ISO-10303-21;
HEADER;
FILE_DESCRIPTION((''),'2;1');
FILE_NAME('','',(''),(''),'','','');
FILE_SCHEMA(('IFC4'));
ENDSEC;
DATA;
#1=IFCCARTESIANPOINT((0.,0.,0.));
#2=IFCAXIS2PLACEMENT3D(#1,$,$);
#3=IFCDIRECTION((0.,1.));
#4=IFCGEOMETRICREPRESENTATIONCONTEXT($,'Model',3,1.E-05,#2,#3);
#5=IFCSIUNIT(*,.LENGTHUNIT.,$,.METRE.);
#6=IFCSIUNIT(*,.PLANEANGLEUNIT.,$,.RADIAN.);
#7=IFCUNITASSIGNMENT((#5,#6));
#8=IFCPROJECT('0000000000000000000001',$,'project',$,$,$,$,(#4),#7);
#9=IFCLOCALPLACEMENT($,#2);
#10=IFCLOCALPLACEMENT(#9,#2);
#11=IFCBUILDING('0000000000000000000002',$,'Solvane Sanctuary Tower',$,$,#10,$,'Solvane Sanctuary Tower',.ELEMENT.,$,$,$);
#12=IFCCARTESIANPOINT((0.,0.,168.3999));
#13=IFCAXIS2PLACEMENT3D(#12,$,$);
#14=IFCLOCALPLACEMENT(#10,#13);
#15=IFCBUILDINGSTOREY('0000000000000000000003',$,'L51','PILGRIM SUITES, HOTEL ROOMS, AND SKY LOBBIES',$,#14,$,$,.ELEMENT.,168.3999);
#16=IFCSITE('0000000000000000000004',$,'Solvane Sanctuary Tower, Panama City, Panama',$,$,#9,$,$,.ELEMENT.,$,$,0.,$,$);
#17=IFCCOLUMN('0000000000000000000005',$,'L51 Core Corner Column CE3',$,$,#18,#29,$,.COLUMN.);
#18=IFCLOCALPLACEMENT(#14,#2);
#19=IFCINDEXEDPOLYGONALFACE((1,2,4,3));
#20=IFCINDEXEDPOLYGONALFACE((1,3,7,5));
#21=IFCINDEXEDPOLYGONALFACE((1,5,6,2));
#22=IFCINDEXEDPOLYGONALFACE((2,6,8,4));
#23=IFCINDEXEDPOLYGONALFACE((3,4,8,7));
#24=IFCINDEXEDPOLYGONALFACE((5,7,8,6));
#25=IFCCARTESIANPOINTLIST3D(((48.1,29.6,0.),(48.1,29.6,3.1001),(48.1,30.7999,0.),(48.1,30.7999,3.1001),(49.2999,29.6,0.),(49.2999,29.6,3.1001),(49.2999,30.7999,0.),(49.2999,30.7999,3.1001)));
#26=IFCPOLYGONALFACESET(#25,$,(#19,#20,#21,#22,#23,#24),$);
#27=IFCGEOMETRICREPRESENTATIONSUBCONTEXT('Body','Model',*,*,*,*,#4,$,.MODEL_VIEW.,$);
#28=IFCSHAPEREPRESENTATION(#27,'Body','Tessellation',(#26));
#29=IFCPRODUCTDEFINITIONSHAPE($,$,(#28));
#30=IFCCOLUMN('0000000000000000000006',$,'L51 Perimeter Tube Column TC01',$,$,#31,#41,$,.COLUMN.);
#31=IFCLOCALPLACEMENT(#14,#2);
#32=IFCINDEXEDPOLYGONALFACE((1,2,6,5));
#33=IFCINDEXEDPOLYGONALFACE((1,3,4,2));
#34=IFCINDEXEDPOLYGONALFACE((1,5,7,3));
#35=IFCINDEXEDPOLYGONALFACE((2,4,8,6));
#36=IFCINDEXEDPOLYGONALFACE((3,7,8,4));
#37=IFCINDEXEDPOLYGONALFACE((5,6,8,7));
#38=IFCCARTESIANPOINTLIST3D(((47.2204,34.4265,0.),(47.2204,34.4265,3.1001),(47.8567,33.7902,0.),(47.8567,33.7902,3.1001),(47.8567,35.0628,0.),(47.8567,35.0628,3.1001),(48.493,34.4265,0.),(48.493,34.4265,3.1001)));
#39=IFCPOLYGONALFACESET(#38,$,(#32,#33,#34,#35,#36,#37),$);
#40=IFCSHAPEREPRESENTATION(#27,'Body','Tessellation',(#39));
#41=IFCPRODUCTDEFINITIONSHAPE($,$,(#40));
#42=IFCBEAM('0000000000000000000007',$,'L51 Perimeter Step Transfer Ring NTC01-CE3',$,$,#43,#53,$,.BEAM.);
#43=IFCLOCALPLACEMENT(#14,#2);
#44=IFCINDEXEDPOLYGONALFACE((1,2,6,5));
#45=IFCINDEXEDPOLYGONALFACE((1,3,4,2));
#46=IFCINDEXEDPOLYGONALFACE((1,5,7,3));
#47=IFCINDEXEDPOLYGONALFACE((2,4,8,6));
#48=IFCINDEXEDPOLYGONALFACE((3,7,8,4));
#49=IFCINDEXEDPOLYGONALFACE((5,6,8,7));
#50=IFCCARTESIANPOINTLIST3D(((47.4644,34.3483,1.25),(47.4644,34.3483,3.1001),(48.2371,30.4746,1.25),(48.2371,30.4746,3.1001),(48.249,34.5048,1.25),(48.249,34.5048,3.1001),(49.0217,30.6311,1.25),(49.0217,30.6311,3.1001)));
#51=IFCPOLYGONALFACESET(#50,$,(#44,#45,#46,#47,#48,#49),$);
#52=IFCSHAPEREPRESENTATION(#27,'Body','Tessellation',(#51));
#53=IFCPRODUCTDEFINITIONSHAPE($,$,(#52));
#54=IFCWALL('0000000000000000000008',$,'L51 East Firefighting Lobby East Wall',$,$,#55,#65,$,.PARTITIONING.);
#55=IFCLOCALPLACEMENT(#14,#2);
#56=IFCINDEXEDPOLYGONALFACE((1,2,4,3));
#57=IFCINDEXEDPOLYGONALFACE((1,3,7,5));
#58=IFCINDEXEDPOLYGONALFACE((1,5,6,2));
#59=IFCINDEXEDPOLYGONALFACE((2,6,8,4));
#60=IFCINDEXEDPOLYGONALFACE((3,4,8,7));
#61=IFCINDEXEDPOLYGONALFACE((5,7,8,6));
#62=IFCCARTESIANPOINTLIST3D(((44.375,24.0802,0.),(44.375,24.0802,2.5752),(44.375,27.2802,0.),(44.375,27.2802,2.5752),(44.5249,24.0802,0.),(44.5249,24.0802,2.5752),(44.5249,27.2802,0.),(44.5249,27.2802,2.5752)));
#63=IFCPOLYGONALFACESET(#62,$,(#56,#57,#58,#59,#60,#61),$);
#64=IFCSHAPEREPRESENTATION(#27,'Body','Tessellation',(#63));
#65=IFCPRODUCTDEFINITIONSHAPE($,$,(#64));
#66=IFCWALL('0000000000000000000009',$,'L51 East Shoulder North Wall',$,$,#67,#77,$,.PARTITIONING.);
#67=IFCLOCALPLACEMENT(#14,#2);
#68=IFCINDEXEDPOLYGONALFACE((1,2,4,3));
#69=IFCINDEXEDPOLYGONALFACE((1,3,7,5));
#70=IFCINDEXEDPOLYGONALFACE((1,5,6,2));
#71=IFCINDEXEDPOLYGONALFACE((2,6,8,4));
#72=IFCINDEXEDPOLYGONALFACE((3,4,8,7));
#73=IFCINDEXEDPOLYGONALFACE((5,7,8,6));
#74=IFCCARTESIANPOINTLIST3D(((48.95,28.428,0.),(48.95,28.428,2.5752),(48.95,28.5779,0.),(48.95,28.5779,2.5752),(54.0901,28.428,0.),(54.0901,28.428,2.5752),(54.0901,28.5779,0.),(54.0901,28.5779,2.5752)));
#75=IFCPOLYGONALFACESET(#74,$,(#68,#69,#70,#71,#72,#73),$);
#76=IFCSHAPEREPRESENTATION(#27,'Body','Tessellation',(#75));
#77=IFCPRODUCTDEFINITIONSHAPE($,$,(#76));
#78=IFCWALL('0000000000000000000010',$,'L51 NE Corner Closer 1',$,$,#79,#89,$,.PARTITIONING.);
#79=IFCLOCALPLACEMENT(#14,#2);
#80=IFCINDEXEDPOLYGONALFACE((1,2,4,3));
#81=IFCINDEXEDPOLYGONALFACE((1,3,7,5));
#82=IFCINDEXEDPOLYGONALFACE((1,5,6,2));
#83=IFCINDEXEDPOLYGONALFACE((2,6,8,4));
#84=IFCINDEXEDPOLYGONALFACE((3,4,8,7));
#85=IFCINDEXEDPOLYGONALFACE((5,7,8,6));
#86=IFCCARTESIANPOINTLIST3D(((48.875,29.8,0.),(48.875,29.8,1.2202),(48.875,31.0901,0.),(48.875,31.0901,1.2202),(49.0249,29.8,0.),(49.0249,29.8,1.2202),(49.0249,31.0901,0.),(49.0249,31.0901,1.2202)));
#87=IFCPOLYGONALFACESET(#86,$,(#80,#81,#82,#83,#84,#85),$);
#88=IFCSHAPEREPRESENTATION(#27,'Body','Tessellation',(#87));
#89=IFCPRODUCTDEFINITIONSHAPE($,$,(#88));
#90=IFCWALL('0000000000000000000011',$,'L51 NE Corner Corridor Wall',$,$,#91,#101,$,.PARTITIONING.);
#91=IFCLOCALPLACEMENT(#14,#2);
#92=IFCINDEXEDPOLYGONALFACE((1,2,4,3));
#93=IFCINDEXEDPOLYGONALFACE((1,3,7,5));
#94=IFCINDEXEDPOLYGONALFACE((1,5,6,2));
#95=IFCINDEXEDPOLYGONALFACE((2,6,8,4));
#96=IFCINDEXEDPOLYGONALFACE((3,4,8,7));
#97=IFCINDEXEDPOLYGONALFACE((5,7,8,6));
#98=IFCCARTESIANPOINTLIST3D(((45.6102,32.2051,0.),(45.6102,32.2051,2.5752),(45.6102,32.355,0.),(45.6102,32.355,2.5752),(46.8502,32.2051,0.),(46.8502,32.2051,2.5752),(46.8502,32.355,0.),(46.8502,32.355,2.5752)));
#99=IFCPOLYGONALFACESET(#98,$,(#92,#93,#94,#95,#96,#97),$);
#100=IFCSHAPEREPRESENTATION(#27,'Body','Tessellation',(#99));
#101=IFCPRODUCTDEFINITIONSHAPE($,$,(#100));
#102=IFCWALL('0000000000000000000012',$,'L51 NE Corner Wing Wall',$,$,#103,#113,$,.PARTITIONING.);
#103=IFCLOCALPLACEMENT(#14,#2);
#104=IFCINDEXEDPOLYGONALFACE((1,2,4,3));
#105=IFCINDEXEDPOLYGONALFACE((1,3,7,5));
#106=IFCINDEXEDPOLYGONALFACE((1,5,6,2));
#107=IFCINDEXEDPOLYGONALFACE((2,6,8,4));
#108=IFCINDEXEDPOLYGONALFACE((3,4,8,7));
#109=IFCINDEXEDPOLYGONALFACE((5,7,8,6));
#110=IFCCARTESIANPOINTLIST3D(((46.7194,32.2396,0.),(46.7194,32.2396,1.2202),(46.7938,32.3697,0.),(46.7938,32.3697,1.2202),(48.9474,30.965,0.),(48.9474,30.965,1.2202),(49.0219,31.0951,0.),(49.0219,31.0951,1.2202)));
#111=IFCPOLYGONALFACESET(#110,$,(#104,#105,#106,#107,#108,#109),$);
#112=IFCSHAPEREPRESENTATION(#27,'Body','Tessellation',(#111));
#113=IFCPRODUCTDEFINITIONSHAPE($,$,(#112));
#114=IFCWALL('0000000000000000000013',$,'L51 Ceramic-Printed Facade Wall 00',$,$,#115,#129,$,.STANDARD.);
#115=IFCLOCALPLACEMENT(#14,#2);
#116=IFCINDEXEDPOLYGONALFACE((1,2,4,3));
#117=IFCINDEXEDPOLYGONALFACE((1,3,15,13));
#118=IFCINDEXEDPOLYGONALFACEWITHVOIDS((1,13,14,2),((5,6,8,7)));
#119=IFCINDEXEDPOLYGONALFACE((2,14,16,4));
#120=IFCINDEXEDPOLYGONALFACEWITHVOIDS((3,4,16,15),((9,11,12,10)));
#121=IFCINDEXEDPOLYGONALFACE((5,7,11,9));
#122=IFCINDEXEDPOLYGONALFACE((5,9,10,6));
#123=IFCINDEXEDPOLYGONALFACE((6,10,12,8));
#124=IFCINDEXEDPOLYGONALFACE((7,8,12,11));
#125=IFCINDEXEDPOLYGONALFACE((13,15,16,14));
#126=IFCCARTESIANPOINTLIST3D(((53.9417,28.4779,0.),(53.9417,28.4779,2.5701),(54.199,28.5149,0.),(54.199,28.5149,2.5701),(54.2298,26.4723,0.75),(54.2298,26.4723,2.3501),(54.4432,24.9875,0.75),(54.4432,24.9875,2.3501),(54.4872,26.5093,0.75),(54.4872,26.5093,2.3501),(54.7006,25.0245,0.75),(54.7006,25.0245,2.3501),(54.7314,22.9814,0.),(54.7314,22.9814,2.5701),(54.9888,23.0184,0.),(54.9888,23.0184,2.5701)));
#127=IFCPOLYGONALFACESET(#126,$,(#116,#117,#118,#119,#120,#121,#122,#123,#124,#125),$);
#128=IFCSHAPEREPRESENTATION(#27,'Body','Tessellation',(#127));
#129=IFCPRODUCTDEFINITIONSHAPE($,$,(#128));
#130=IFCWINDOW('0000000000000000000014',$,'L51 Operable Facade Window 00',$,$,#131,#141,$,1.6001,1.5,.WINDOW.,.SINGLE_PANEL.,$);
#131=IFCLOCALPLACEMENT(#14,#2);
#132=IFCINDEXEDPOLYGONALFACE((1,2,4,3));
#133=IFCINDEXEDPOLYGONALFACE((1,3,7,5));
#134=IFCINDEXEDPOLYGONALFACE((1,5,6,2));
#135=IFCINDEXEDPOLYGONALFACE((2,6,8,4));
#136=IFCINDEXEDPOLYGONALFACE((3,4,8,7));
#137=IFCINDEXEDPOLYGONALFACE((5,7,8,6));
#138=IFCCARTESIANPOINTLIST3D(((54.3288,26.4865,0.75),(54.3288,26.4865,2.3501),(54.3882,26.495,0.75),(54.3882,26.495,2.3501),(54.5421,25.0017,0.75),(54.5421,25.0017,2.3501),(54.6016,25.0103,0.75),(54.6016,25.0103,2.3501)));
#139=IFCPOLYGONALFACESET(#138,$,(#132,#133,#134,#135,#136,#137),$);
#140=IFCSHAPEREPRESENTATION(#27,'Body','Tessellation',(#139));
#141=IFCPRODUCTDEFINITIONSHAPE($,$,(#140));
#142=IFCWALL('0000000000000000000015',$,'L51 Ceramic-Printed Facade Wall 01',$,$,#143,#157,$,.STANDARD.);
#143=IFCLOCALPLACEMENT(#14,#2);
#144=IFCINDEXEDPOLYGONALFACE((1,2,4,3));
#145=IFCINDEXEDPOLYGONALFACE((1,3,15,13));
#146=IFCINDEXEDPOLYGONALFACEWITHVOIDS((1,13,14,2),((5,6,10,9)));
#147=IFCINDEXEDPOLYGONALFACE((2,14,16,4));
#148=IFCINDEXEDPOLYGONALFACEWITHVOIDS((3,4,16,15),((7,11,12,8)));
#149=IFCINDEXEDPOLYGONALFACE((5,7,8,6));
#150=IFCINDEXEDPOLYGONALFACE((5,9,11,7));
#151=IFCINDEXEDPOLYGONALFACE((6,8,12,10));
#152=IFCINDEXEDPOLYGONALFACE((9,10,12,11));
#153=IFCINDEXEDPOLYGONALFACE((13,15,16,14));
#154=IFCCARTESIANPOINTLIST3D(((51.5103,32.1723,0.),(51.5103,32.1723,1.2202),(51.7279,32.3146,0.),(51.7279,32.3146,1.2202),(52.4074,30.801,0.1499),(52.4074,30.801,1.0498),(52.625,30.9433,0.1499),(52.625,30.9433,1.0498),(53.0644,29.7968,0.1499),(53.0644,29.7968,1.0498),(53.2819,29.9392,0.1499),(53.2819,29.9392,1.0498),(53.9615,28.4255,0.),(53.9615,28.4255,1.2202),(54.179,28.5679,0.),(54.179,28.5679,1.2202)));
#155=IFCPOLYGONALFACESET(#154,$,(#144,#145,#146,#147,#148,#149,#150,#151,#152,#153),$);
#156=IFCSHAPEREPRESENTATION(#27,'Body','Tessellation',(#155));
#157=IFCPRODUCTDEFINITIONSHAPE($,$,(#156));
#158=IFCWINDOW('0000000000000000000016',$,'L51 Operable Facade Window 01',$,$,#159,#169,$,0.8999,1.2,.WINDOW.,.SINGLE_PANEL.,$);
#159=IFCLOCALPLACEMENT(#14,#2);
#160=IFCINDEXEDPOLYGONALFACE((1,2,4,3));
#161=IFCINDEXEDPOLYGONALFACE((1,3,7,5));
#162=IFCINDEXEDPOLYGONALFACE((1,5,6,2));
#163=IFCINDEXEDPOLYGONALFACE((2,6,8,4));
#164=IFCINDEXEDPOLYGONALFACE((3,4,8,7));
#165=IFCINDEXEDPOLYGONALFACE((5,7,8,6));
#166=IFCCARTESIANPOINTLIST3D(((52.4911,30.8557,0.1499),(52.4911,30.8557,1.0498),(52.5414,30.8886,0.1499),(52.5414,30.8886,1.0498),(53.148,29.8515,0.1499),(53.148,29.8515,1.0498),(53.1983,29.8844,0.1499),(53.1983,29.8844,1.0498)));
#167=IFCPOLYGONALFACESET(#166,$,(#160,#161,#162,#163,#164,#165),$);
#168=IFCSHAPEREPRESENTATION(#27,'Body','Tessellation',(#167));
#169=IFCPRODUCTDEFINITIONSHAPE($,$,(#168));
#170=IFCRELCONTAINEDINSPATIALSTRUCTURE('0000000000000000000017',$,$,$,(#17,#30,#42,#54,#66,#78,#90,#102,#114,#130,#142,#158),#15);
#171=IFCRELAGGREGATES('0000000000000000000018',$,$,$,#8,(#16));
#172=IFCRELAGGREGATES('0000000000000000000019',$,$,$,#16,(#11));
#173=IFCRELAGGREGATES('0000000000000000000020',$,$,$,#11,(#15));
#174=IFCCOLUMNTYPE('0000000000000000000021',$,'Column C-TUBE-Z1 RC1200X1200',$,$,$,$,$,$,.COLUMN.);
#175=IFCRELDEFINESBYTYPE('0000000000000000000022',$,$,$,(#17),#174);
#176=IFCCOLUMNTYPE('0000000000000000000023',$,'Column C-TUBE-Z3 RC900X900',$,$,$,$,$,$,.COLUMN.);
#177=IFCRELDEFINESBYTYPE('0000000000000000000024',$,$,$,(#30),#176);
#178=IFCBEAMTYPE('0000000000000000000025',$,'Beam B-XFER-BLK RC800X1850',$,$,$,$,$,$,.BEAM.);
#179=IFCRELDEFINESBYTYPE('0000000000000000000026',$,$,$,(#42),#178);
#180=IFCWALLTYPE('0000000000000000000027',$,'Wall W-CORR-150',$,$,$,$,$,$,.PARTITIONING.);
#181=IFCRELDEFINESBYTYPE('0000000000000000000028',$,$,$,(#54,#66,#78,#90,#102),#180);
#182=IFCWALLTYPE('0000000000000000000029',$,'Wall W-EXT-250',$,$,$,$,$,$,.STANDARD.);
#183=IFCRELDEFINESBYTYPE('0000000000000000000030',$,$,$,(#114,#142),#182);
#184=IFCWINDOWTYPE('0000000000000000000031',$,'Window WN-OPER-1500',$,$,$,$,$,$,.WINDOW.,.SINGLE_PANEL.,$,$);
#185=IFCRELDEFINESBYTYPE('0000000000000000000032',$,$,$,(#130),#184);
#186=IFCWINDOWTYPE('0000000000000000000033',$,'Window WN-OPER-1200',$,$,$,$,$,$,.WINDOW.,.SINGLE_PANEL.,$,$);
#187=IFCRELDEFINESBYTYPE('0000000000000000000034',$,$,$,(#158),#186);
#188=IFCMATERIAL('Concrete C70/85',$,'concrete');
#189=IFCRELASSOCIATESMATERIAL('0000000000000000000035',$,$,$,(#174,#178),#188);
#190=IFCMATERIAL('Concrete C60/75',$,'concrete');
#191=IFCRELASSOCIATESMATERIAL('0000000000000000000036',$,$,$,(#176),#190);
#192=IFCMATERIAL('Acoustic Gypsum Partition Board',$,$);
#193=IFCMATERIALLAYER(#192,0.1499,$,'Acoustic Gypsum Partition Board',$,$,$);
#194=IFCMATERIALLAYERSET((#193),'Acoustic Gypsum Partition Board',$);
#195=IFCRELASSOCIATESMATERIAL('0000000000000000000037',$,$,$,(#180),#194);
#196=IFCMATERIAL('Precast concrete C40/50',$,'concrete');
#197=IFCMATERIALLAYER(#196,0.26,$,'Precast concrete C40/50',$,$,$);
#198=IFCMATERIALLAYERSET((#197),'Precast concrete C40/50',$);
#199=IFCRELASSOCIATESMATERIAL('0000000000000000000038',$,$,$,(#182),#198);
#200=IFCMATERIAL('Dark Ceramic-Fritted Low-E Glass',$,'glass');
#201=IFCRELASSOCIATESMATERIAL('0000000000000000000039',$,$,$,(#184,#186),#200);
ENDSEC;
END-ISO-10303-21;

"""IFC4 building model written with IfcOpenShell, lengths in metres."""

from ifc_helpers import new_model, si_unit, direction, frame, frame_2d, origin, origin_2d, place, context, subcontext, project, spatial, rectangle, extrude, material, layer, layer_set, material_profile, profile_set, type_object, element, fill, save


model = new_model("IFC4")

# Units and contexts
model_context = context("Model", 3, precision=1e-05, world=origin(), true_north=direction((0.0, 1.0)))
body_context = subcontext(model_context, "Body", "Model", "MODEL_VIEW")
ifc_project = project(units=[si_unit("LENGTHUNIT", "METRE"), si_unit("PLANEANGLEUNIT", "RADIAN")], contexts=[model_context])

# Site, building, storey
site_placement = place(None, origin())
site = spatial("IfcSite", under=ifc_project, at=site_placement, Name="Solvane Sanctuary Tower, Panama City, Panama", CompositionType="ELEMENT", RefElevation=0.0)
building_placement = place(site_placement, origin())
building = spatial("IfcBuilding", under=site, at=building_placement, Name="Solvane Sanctuary Tower", LongName="Solvane Sanctuary Tower", CompositionType="ELEMENT")
storey_placement = place(building_placement, frame((0.0, 0.0, 168.3999)))
storey = spatial("IfcBuildingStorey", under=building, at=storey_placement, Name="L51", Description="PILGRIM SUITES, HOTEL ROOMS, AND SKY LOBBIES", CompositionType="ELEMENT", Elevation=168.3999)

# Columns
ifc_material_1 = material(Name="Concrete C70/85", Category="concrete")
ifc_material_profile_1 = material_profile(ifc_material_1, rectangle(XDim=1.2, YDim=1.2, at=origin_2d()), Name="RC1200X1200")
ifc_profile_set_1 = profile_set([ifc_material_profile_1], Name="Concrete C70/85")
column_type_1 = type_object("IfcColumnType", Name="Column C-TUBE-Z1 RC1200X1200", PredefinedType="COLUMN", material=ifc_profile_set_1)
column_1_placement = place(storey_placement, frame((48.7, 30.2, 0.0), z_axis=(0.0, 0.0, 1.0), x_axis=(1.0, 0.0, 0.0)))
element("IfcColumn", 1, at=column_1_placement, inside=storey, type_object=column_type_1, Name="L51 Core Corner Column CE3", PredefinedType="COLUMN", context=body_context, shape_type="SweptSolid", body=[
    extrude(rectangle(XDim=1.2, YDim=1.2, at=origin_2d()), origin(), (0.0, 0.0, 1.0), 3.1001),
])
ifc_material_2 = material(Name="Concrete C60/75", Category="concrete")
ifc_material_profile_2 = material_profile(ifc_material_2, rectangle(XDim=0.8999, YDim=0.8999, at=origin_2d()), Name="RC900X900")
ifc_profile_set_2 = profile_set([ifc_material_profile_2], Name="Concrete C60/75")
column_type_2 = type_object("IfcColumnType", Name="Column C-TUBE-Z3 RC900X900", PredefinedType="COLUMN", material=ifc_profile_set_2)
column_2_placement = place(storey_placement, frame((47.8567, 34.4265, 0.0), z_axis=(0.0, 0.0, 1.0), x_axis=(0.707107, 0.707107, 0.0)))
element("IfcColumn", 2, at=column_2_placement, inside=storey, type_object=column_type_2, Name="L51 Perimeter Tube Column TC01", PredefinedType="COLUMN", context=body_context, shape_type="SweptSolid", body=[
    extrude(rectangle(XDim=0.8999, YDim=0.8999, at=origin_2d()), origin(), (0.0, 0.0, 1.0), 3.1001),
])

# Beam
ifc_material_profile_3 = material_profile(ifc_material_1, rectangle(XDim=0.8, YDim=1.8501, at=origin_2d()), Name="RC800X1850")
ifc_profile_set_3 = profile_set([ifc_material_profile_3], Name="Concrete C70/85")
beam_type = type_object("IfcBeamType", Name="Beam B-XFER-BLK RC800X1850", PredefinedType="BEAM", material=ifc_profile_set_3)
beam_placement = place(storey_placement, frame((47.8567, 34.4265, 2.175), z_axis=(0.195629, -0.980678, 0.0), x_axis=(0.980678, 0.195629, 0.0)))
element("IfcBeam", 3, at=beam_placement, inside=storey, type_object=beam_type, Name="L51 Perimeter Step Transfer Ring NTC01-CE3", PredefinedType="BEAM", context=body_context, shape_type="SweptSolid", body=[
    extrude(rectangle(XDim=0.8, YDim=1.8501, at=origin_2d()), origin(), (0.0, 0.0, 1.0), 3.95),
])

# Walls
ifc_material_3 = material(Name="Acoustic Gypsum Partition Board")
ifc_layer_1 = layer(ifc_material_3, 0.1499, Name="Acoustic Gypsum Partition Board")
ifc_layer_set_1 = layer_set([ifc_layer_1], Name="Acoustic Gypsum Partition Board")
wall_type_1 = type_object("IfcWallType", Name="Wall W-CORR-150", PredefinedType="PARTITIONING", material=ifc_layer_set_1)
wall_1_placement = place(storey_placement, frame((44.45, 24.0801, 0.0), z_axis=(0.0, 0.0, 1.0), x_axis=(0.0, 1.0, 0.0)))
element("IfcWall", 4, at=wall_1_placement, inside=storey, type_object=wall_type_1, Name="L51 East Firefighting Lobby East Wall", PredefinedType="PARTITIONING", context=body_context, shape_type="SweptSolid", body=[
    extrude(rectangle(XDim=3.2, YDim=0.1499, at=frame_2d((1.6001, 0.0))), origin(), (0.0, 0.0, 1.0), 2.5752),
])
wall_2_placement = place(storey_placement, frame((48.95, 28.5029, 0.0), z_axis=(0.0, 0.0, 1.0), x_axis=(1.0, 0.0, 0.0)))
element("IfcWall", 5, at=wall_2_placement, inside=storey, type_object=wall_type_1, Name="L51 East Shoulder North Wall", PredefinedType="PARTITIONING", context=body_context, shape_type="SweptSolid", body=[
    extrude(rectangle(XDim=5.1401, YDim=0.1499, at=frame_2d((2.5701, 0.0))), origin(), (0.0, 0.0, 1.0), 2.5752),
])
wall_3_placement = place(storey_placement, frame((48.95, 29.8, 0.0), z_axis=(0.0, 0.0, 1.0), x_axis=(0.0, 1.0, 0.0)))
element("IfcWall", 6, at=wall_3_placement, inside=storey, type_object=wall_type_1, Name="L51 NE Corner Closer 1", PredefinedType="PARTITIONING", context=body_context, shape_type="SweptSolid", body=[
    extrude(rectangle(XDim=1.29, YDim=0.1499, at=frame_2d((0.645, 0.0))), origin(), (0.0, 0.0, 1.0), 1.2202),
])
wall_4_placement = place(storey_placement, frame((45.6101, 32.28, 0.0), z_axis=(0.0, 0.0, 1.0), x_axis=(1.0, 0.0, 0.0)))
element("IfcWall", 7, at=wall_4_placement, inside=storey, type_object=wall_type_1, Name="L51 NE Corner Corridor Wall", PredefinedType="PARTITIONING", context=body_context, shape_type="SweptSolid", body=[
    extrude(rectangle(XDim=1.24, YDim=0.1499, at=frame_2d((0.6201, 0.0))), origin(), (0.0, 0.0, 1.0), 2.5752),
])
wall_5_placement = place(storey_placement, frame((46.7566, 32.3047, 0.0), z_axis=(0.0, 0.0, 1.0), x_axis=(0.867991, -0.496579, 0.0)))
element("IfcWall", 8, at=wall_5_placement, inside=storey, type_object=wall_type_1, Name="L51 NE Corner Wing Wall", PredefinedType="PARTITIONING", context=body_context, shape_type="SweptSolid", body=[
    extrude(rectangle(XDim=2.5669, YDim=0.1499, at=frame_2d((1.2834, 0.0))), origin(), (0.0, 0.0, 1.0), 1.2202),
])

# Walls, openings, windows
ifc_material_4 = material(Name="Precast concrete C40/50", Category="concrete")
ifc_layer_2 = layer(ifc_material_4, 0.26, Name="Precast concrete C40/50")
ifc_layer_set_2 = layer_set([ifc_layer_2], Name="Precast concrete C40/50")
wall_type_2 = type_object("IfcWallType", Name="Wall W-EXT-250", PredefinedType="STANDARD", material=ifc_layer_set_2)
wall_6_placement = place(storey_placement, frame((54.8601, 23.0, 0.0), z_axis=(0.0, 0.0, 1.0), x_axis=(-0.142228, 0.989834, 0.0)))
wall_6 = element("IfcWall", 9, at=wall_6_placement, inside=storey, type_object=wall_type_2, Name="L51 Ceramic-Printed Facade Wall 00", PredefinedType="STANDARD", context=body_context, shape_type="SweptSolid", body=[
    extrude(rectangle(XDim=5.553, YDim=0.26, at=frame_2d((2.7764, 0.0))), origin(), (0.0, 0.0, 1.0), 2.5701),
])
opening_1_placement = place(wall_6_placement, frame((2.0266, 0.0, 0.75)))
opening_1 = element("IfcOpeningElement", 10, at=opening_1_placement, cuts=wall_6, PredefinedType="OPENING", context=body_context, shape_type="SweptSolid", body=[
    extrude(rectangle(XDim=1.5, YDim=1.6001, at=frame_2d((0.75, 0.8))), frame((0.0, 0.1399, 0.0), z_axis=(0.0, -1.0, 0.0), x_axis=(1.0, 0.0, 0.0)), (0.0, 0.0, 1.0), 0.28),
])
ifc_material_5 = material(Name="Dark Ceramic-Fritted Low-E Glass", Category="glass")
window_type_1 = type_object("IfcWindowType", Name="Window WN-OPER-1500", PartitioningType="SINGLE_PANEL", PredefinedType="WINDOW", material=ifc_material_5)
window_1_placement = place(opening_1_placement, origin())
window_1 = element("IfcWindow", 11, at=window_1_placement, inside=storey, type_object=window_type_1, Name="L51 Operable Facade Window 00", OverallHeight=1.6001, OverallWidth=1.5, PartitioningType="SINGLE_PANEL", PredefinedType="WINDOW", context=body_context, shape_type="SweptSolid", body=[
    extrude(rectangle(XDim=1.5, YDim=1.6001, at=frame_2d((0.75, 0.8))), frame((0.0, 0.03, 0.0), z_axis=(0.0, -1.0, 0.0), x_axis=(1.0, 0.0, 0.0)), (0.0, 0.0, 1.0), 0.0601),
])
fill(opening_1, window_1)
wall_7_placement = place(storey_placement, frame((54.0703, 28.4966, 0.0), z_axis=(0.0, 0.0, 1.0), x_axis=(-0.547456, 0.836834, 0.0)))
wall_7 = element("IfcWall", 12, at=wall_7_placement, inside=storey, type_object=wall_type_2, Name="L51 Ceramic-Printed Facade Wall 01", PredefinedType="STANDARD", context=body_context, shape_type="SweptSolid", body=[
    extrude(rectangle(XDim=4.4773, YDim=0.26, at=frame_2d((2.2388, 0.0))), origin(), (0.0, 0.0, 1.0), 1.2202),
])
opening_2_placement = place(wall_7_placement, frame((1.6387, 0.0, 0.1499)))
opening_2 = element("IfcOpeningElement", 13, at=opening_2_placement, cuts=wall_7, PredefinedType="OPENING", context=body_context, shape_type="SweptSolid", body=[
    extrude(rectangle(XDim=1.2, YDim=0.8999, at=frame_2d((0.6001, 0.45))), frame((0.0, 0.1399, 0.0), z_axis=(0.0, -1.0, 0.0), x_axis=(1.0, 0.0, 0.0)), (0.0, 0.0, 1.0), 0.28),
])
window_type_2 = type_object("IfcWindowType", Name="Window WN-OPER-1200", PartitioningType="SINGLE_PANEL", PredefinedType="WINDOW", material=ifc_material_5)
window_2_placement = place(opening_2_placement, origin())
window_2 = element("IfcWindow", 14, at=window_2_placement, inside=storey, type_object=window_type_2, Name="L51 Operable Facade Window 01", OverallHeight=0.8999, OverallWidth=1.2, PartitioningType="SINGLE_PANEL", PredefinedType="WINDOW", context=body_context, shape_type="SweptSolid", body=[
    extrude(rectangle(XDim=1.2, YDim=0.8999, at=frame_2d((0.6001, 0.45))), frame((0.0, 0.03, 0.0), z_axis=(0.0, -1.0, 0.0), x_axis=(1.0, 0.0, 0.0)), (0.0, 0.0, 1.0), 0.0601),
])
fill(opening_2, window_2)

save(model, "model.ifc")
